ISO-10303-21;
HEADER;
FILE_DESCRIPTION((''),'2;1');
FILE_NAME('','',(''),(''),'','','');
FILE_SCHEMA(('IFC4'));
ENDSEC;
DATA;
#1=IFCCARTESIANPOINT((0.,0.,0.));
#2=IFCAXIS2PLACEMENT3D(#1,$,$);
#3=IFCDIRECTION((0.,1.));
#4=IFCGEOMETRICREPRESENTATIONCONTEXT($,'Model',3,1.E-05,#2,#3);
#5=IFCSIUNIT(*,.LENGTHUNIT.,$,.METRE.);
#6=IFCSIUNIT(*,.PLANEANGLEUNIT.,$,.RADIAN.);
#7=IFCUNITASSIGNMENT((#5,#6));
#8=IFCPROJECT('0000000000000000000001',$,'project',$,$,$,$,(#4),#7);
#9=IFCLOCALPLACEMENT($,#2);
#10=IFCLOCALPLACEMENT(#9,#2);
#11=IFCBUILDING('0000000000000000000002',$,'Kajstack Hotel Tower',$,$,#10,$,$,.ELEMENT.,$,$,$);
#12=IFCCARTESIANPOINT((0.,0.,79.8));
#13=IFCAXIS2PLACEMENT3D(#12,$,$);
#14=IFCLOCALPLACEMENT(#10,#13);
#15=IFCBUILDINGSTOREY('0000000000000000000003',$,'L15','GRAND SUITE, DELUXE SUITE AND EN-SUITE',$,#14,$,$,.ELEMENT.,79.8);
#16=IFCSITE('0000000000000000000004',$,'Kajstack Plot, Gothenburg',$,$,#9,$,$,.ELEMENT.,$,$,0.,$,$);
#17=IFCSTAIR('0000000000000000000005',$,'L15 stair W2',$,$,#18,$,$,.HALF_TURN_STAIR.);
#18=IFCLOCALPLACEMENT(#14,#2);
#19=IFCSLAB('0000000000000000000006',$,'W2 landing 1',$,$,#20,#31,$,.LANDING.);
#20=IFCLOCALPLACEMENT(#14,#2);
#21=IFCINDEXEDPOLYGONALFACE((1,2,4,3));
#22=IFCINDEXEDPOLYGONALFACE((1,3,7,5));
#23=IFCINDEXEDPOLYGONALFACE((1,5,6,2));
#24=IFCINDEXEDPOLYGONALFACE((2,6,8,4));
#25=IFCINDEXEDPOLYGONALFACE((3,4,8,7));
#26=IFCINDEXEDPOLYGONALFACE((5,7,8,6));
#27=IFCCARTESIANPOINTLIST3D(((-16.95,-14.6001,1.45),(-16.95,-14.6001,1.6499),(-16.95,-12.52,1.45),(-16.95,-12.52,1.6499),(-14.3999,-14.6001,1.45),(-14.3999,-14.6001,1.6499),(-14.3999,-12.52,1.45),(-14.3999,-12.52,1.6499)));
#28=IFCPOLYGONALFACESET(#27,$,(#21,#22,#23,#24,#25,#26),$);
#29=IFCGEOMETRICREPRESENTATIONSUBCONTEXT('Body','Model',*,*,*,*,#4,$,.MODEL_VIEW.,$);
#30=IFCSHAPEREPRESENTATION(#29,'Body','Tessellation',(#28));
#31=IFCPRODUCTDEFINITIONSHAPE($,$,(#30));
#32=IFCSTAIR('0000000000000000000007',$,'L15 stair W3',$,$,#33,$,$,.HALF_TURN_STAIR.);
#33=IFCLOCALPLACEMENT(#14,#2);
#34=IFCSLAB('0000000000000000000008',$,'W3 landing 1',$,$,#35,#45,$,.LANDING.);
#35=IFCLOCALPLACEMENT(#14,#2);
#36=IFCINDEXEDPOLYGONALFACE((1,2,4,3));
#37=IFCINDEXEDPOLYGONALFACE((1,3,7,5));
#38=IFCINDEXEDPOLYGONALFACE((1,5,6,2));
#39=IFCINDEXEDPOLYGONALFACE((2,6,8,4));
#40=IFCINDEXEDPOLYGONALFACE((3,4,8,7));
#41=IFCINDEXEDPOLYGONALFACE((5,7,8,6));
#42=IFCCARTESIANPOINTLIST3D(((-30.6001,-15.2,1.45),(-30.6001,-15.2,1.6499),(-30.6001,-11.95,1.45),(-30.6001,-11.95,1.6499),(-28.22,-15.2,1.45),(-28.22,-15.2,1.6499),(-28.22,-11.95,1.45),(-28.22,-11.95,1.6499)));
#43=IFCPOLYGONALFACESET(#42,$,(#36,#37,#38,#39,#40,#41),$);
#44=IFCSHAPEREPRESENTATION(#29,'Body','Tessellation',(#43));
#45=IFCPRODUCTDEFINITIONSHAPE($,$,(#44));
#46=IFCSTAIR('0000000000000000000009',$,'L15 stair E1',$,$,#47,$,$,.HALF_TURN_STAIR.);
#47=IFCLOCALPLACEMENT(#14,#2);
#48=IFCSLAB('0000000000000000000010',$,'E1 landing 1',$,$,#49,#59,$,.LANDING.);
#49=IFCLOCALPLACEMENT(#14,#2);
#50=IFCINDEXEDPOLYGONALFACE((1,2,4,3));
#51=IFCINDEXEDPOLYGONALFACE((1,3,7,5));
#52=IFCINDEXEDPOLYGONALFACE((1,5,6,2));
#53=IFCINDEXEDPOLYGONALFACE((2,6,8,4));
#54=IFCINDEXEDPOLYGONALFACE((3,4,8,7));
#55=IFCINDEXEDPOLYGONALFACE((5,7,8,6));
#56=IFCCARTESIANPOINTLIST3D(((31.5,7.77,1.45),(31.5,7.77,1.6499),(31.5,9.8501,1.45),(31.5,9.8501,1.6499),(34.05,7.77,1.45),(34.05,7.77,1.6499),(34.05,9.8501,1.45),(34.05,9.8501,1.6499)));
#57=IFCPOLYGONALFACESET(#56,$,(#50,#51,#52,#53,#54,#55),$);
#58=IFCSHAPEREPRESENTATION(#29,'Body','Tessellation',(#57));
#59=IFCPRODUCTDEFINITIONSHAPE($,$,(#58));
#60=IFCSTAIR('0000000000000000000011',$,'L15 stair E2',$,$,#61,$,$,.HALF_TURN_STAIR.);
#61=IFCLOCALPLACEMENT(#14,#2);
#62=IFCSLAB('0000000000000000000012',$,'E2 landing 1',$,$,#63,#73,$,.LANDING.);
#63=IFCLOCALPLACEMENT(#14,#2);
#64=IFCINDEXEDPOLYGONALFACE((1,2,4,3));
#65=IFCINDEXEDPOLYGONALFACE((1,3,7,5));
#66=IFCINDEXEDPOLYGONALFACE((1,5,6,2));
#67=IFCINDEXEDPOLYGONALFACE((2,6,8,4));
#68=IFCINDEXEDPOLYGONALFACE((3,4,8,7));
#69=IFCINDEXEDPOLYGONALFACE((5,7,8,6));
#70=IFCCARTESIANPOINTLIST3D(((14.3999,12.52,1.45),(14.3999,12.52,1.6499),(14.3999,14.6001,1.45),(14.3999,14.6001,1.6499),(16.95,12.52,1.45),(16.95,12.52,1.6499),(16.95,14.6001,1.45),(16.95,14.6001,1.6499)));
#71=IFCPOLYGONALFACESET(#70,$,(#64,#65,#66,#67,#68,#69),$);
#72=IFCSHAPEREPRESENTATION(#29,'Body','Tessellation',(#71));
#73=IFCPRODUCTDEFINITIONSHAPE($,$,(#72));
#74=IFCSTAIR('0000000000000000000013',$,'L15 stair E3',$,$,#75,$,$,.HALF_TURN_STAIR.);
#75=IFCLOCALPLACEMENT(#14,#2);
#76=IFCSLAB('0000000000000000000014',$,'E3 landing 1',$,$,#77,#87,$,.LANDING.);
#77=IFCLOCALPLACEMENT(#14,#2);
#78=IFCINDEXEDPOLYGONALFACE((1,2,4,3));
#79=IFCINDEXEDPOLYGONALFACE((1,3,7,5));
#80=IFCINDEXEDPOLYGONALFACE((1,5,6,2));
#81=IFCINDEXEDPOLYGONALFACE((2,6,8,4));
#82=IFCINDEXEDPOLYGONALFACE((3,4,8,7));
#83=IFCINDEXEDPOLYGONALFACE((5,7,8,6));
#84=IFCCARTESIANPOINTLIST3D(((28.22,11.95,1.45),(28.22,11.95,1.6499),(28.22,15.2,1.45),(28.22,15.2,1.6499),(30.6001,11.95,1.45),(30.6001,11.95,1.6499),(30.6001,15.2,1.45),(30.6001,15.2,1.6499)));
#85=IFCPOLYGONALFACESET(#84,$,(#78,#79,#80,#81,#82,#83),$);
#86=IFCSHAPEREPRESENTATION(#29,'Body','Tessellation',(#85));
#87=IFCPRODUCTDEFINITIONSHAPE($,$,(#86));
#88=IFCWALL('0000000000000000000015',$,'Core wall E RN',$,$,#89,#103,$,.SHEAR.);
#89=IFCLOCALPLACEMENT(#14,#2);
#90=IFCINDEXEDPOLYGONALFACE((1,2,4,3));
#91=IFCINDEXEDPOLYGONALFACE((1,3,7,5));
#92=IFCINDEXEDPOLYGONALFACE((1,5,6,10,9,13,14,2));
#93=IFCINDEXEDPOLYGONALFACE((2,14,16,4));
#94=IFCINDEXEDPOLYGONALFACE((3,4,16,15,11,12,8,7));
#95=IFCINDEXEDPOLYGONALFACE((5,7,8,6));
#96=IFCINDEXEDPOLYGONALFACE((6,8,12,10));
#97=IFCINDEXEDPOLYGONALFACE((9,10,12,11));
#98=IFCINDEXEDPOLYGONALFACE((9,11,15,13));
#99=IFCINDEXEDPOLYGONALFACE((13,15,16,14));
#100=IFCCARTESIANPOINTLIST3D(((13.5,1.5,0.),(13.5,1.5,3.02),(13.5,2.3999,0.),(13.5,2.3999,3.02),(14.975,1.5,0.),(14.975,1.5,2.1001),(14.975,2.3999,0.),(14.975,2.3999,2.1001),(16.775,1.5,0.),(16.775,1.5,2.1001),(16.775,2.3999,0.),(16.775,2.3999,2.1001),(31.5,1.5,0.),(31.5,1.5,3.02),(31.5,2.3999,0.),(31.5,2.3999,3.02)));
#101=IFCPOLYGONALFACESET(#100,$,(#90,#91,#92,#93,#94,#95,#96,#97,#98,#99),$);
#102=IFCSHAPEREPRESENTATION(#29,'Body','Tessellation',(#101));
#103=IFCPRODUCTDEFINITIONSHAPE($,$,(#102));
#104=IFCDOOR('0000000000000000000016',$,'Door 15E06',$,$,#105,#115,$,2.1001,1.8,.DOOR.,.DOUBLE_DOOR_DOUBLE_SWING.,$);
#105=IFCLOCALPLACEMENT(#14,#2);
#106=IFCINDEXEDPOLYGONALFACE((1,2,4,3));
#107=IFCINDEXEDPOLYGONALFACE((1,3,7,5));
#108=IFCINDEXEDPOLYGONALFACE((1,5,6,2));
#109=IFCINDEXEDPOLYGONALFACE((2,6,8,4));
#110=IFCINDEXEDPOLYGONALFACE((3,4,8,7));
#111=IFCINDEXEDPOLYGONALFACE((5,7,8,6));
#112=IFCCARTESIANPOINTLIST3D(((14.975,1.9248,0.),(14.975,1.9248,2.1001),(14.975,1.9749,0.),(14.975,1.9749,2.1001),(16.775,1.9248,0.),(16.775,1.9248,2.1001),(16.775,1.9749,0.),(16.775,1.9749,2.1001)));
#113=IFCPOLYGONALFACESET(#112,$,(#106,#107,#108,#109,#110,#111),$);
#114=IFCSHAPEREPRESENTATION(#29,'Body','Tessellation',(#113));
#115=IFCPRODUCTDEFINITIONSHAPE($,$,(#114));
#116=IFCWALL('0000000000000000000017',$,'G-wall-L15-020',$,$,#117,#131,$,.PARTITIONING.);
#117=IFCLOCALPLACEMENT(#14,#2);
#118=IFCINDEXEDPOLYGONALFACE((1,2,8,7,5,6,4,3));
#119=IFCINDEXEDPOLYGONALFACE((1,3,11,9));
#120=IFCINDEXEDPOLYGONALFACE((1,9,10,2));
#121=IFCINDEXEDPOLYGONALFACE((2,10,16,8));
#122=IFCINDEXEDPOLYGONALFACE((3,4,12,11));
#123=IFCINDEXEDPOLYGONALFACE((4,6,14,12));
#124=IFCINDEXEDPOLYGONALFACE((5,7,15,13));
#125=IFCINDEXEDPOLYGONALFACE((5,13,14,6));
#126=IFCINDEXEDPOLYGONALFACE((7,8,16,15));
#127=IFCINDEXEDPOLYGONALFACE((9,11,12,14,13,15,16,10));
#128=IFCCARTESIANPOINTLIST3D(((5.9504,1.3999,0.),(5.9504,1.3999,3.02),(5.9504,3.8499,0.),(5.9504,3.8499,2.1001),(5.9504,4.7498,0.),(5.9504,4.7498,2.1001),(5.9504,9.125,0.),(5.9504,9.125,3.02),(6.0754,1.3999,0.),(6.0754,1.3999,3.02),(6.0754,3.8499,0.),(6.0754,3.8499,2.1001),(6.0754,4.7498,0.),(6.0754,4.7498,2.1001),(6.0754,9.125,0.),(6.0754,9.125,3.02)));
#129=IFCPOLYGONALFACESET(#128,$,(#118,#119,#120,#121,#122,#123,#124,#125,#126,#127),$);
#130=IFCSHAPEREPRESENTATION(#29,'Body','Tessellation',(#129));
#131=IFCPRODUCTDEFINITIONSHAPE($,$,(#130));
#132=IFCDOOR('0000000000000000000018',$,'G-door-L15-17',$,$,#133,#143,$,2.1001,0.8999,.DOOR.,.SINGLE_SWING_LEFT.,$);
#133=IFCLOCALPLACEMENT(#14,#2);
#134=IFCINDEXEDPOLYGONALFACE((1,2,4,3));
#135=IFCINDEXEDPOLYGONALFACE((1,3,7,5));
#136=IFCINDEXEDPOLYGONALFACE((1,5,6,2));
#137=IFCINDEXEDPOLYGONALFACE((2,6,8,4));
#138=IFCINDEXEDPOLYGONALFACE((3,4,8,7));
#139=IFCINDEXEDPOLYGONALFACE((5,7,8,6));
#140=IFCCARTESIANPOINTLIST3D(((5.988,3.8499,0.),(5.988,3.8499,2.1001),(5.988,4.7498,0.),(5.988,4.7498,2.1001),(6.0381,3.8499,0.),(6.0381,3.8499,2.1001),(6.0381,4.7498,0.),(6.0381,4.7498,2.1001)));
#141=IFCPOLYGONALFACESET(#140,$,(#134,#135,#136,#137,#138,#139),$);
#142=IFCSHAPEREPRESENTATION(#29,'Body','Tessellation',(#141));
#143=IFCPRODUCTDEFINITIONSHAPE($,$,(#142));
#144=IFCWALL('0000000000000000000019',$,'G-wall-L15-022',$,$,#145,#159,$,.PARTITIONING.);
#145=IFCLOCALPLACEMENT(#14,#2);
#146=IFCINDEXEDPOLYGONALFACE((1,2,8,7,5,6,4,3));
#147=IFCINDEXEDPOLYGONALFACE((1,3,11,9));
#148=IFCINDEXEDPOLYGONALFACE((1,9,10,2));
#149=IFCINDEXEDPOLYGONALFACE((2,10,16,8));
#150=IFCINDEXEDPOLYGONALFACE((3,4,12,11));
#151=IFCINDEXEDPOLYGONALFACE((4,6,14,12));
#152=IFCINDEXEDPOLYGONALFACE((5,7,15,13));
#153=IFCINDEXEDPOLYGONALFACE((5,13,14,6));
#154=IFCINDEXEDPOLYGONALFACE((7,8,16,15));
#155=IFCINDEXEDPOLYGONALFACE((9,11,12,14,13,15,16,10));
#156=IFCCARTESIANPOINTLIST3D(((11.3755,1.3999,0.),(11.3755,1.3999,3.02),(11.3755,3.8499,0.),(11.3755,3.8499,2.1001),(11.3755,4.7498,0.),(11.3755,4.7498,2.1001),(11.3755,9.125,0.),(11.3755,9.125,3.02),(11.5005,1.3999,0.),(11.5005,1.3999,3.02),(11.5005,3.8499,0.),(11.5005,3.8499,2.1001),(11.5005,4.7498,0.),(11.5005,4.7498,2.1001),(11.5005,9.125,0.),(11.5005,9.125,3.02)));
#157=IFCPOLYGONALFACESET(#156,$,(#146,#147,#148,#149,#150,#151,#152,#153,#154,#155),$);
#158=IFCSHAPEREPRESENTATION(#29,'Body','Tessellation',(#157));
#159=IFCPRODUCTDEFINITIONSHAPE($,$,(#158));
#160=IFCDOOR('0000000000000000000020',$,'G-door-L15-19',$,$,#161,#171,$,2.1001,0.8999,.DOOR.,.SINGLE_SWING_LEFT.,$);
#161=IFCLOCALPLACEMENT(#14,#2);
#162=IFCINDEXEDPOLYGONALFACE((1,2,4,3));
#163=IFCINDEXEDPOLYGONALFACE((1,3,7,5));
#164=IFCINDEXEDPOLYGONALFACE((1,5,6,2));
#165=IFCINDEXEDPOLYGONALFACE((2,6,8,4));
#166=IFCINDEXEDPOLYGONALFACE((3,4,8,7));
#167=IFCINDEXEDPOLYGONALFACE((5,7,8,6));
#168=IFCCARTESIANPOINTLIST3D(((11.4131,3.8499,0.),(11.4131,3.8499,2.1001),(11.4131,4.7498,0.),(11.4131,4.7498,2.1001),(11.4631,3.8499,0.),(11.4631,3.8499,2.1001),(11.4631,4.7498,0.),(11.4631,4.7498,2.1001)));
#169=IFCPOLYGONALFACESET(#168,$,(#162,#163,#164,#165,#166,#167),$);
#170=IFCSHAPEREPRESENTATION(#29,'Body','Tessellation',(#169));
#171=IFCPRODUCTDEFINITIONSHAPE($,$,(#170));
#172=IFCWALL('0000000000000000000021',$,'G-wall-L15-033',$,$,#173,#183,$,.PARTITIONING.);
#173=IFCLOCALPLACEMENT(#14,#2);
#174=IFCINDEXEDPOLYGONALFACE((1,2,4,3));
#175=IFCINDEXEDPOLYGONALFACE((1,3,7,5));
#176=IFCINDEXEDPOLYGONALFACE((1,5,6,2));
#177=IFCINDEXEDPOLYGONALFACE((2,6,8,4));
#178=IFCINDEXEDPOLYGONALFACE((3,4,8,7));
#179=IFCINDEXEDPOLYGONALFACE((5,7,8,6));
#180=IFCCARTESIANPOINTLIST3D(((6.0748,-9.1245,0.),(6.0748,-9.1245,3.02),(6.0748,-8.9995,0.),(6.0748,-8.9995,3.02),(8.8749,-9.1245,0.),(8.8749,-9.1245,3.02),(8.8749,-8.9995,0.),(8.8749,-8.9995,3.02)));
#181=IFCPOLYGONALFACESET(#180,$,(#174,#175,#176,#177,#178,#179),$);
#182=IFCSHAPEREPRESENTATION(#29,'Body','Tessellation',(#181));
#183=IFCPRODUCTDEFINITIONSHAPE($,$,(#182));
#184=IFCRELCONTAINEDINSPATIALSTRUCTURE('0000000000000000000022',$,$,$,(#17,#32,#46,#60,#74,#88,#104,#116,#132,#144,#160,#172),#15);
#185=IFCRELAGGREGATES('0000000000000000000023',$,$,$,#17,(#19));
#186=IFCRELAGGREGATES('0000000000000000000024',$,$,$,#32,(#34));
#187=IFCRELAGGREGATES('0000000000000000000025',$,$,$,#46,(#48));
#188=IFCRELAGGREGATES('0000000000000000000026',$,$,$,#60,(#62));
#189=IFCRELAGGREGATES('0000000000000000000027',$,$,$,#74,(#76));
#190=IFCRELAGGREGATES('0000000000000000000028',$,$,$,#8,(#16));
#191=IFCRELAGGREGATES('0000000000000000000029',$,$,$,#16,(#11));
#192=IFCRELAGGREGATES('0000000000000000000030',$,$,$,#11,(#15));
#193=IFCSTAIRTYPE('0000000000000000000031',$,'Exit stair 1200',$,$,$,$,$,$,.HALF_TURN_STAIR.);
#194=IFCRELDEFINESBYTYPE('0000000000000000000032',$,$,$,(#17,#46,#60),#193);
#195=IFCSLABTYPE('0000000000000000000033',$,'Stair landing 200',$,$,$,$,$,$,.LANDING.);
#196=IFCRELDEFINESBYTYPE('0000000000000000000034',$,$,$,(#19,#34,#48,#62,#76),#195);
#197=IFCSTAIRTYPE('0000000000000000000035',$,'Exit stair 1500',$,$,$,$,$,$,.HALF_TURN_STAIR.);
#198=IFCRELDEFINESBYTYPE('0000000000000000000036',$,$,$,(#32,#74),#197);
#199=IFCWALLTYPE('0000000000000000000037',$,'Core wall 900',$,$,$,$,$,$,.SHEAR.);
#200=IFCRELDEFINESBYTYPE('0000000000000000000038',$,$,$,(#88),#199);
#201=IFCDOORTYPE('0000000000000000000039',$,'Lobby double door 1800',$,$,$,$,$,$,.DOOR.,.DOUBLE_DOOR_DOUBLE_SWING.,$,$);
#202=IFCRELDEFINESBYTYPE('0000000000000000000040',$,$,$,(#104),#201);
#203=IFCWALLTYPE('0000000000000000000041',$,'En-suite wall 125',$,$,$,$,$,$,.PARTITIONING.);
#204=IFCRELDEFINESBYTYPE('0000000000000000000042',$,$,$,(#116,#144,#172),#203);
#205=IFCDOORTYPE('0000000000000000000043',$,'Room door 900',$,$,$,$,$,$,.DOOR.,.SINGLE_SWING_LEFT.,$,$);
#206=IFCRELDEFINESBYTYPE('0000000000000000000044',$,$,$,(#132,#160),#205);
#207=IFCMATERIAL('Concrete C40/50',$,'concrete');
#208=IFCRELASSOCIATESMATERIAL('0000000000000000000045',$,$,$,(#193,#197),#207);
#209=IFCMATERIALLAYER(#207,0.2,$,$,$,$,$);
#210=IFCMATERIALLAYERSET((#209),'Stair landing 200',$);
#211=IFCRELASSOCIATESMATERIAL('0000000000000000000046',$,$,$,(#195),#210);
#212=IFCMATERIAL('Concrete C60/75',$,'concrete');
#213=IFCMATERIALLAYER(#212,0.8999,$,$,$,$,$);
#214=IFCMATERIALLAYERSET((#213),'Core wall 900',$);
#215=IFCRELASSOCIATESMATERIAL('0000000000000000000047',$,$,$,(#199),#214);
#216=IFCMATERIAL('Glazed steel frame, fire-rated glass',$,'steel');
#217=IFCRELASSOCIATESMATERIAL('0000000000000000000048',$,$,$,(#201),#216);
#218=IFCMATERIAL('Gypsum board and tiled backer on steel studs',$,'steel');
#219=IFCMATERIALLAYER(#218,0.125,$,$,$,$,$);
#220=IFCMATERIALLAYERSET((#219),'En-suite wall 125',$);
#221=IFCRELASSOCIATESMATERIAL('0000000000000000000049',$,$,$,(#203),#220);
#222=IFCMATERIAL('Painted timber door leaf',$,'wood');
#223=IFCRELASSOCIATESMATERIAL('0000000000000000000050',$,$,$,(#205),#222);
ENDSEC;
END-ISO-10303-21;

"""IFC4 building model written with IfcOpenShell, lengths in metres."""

from ifc_helpers import new_model, si_unit, direction, frame, frame_2d, origin, place, context, subcontext, project, spatial, polyline, rectangle, outline, extrude, material, layer, layer_set, type_object, element, fill, aggregate, save


model = new_model("IFC4")

# Units and contexts
model_context = context("Model", 3, precision=1e-05, world=origin(), true_north=direction((0.0, 1.0)))
body_context = subcontext(model_context, "Body", "Model", "MODEL_VIEW")
ifc_project = project(units=[si_unit("LENGTHUNIT", "METRE"), si_unit("PLANEANGLEUNIT", "RADIAN")], contexts=[model_context])

# Site, building, storey
site_placement = place(None, origin())
site = spatial("IfcSite", under=ifc_project, at=site_placement, Name="Kajstack Plot, Gothenburg", CompositionType="ELEMENT", RefElevation=0.0)
building_placement = place(site_placement, origin())
building = spatial("IfcBuilding", under=site, at=building_placement, Name="Kajstack Hotel Tower", CompositionType="ELEMENT")
storey_placement = place(building_placement, frame((0.0, 0.0, 79.8)))
storey = spatial("IfcBuildingStorey", under=building, at=storey_placement, Name="L15", Description="GRAND SUITE, DELUXE SUITE AND EN-SUITE", CompositionType="ELEMENT", Elevation=79.8)

# Stairs, slabs
ifc_material_1 = material(Name="Concrete C40/50", Category="concrete")
stair_type_1 = type_object("IfcStairType", Name="Exit stair 1200", PredefinedType="HALF_TURN_STAIR", material=ifc_material_1)
stair_1_placement = place(storey_placement, origin())
stair_1 = element("IfcStair", 1, at=stair_1_placement, inside=storey, type_object=stair_type_1, Name="L15 stair W2", PredefinedType="HALF_TURN_STAIR")
ifc_layer_1 = layer(ifc_material_1, 0.2)
ifc_layer_set_1 = layer_set([ifc_layer_1], Name="Stair landing 200")
slab_type = type_object("IfcSlabType", Name="Stair landing 200", PredefinedType="LANDING", material=ifc_layer_set_1)
slab_1_placement = place(storey_placement, frame((0.0, 0.0, 1.45)))
slab_1 = element("IfcSlab", 2, at=slab_1_placement, type_object=slab_type, Name="W2 landing 1", PredefinedType="LANDING", context=body_context, shape_type="SweptSolid", body=[
    extrude(outline(polyline([(-16.95, -12.52), (-16.95, -14.6001), (-14.3999, -14.6001), (-14.3999, -12.52), (-16.95, -12.52)])), origin(), (0.0, 0.0, 1.0), 0.2),
])
aggregate(stair_1, [slab_1])
stair_type_2 = type_object("IfcStairType", Name="Exit stair 1500", PredefinedType="HALF_TURN_STAIR", material=ifc_material_1)
stair_2_placement = place(storey_placement, origin())
stair_2 = element("IfcStair", 3, at=stair_2_placement, inside=storey, type_object=stair_type_2, Name="L15 stair W3", PredefinedType="HALF_TURN_STAIR")
slab_2_placement = place(storey_placement, frame((0.0, 0.0, 1.45)))
slab_2 = element("IfcSlab", 4, at=slab_2_placement, type_object=slab_type, Name="W3 landing 1", PredefinedType="LANDING", context=body_context, shape_type="SweptSolid", body=[
    extrude(outline(polyline([(-28.22, -11.95), (-30.6001, -11.95), (-30.6001, -15.2), (-28.22, -15.2), (-28.22, -11.95)])), origin(), (0.0, 0.0, 1.0), 0.2),
])
aggregate(stair_2, [slab_2])
stair_3_placement = place(storey_placement, origin())
stair_3 = element("IfcStair", 5, at=stair_3_placement, inside=storey, type_object=stair_type_1, Name="L15 stair E1", PredefinedType="HALF_TURN_STAIR")
slab_3_placement = place(storey_placement, frame((0.0, 0.0, 1.45)))
slab_3 = element("IfcSlab", 6, at=slab_3_placement, type_object=slab_type, Name="E1 landing 1", PredefinedType="LANDING", context=body_context, shape_type="SweptSolid", body=[
    extrude(outline(polyline([(34.05, 7.77), (34.05, 9.8501), (31.5, 9.8501), (31.5, 7.77), (34.05, 7.77)])), origin(), (0.0, 0.0, 1.0), 0.2),
])
aggregate(stair_3, [slab_3])
stair_4_placement = place(storey_placement, origin())
stair_4 = element("IfcStair", 7, at=stair_4_placement, inside=storey, type_object=stair_type_1, Name="L15 stair E2", PredefinedType="HALF_TURN_STAIR")
slab_4_placement = place(storey_placement, frame((0.0, 0.0, 1.45)))
slab_4 = element("IfcSlab", 8, at=slab_4_placement, type_object=slab_type, Name="E2 landing 1", PredefinedType="LANDING", context=body_context, shape_type="SweptSolid", body=[
    extrude(outline(polyline([(16.95, 12.52), (16.95, 14.6001), (14.3999, 14.6001), (14.3999, 12.52), (16.95, 12.52)])), origin(), (0.0, 0.0, 1.0), 0.2),
])
aggregate(stair_4, [slab_4])
stair_5_placement = place(storey_placement, origin())
stair_5 = element("IfcStair", 9, at=stair_5_placement, inside=storey, type_object=stair_type_2, Name="L15 stair E3", PredefinedType="HALF_TURN_STAIR")
slab_5_placement = place(storey_placement, frame((0.0, 0.0, 1.45)))
slab_5 = element("IfcSlab", 10, at=slab_5_placement, type_object=slab_type, Name="E3 landing 1", PredefinedType="LANDING", context=body_context, shape_type="SweptSolid", body=[
    extrude(outline(polyline([(28.22, 11.95), (30.6001, 11.95), (30.6001, 15.2), (28.22, 15.2), (28.22, 11.95)])), origin(), (0.0, 0.0, 1.0), 0.2),
])
aggregate(stair_5, [slab_5])

# Walls, openings, doors
ifc_material_2 = material(Name="Concrete C60/75", Category="concrete")
ifc_layer_2 = layer(ifc_material_2, 0.8999)
ifc_layer_set_2 = layer_set([ifc_layer_2], Name="Core wall 900")
wall_type_1 = type_object("IfcWallType", Name="Core wall 900", PredefinedType="SHEAR", material=ifc_layer_set_2)
wall_1_placement = place(storey_placement, frame((13.5, 1.95, 0.0), z_axis=(0.0, 0.0, 1.0), x_axis=(1.0, 0.0, 0.0)))
wall_1 = element("IfcWall", 11, at=wall_1_placement, inside=storey, type_object=wall_type_1, Name="Core wall E RN", PredefinedType="SHEAR", context=body_context, shape_type="SweptSolid", body=[
    extrude(rectangle(XDim=18.0, YDim=0.8999, at=frame_2d((9.0, 0.0))), origin(), (0.0, 0.0, 1.0), 3.02),
])
opening_1_placement = place(wall_1_placement, frame((1.4751, 0.0, 0.0)))
opening_1 = element("IfcOpeningElement", 12, at=opening_1_placement, cuts=wall_1, PredefinedType="OPENING", context=body_context, shape_type="SweptSolid", body=[
    extrude(rectangle(XDim=1.8, YDim=2.1001, at=frame_2d((0.8999, 1.05))), frame((0.0, 0.46, 0.0), z_axis=(0.0, -1.0, 0.0), x_axis=(1.0, 0.0, 0.0)), (0.0, 0.0, 1.0), 0.9199),
])
ifc_material_3 = material(Name="Glazed steel frame, fire-rated glass", Category="steel")
door_type_1 = type_object("IfcDoorType", Name="Lobby double door 1800", OperationType="DOUBLE_DOOR_DOUBLE_SWING", PredefinedType="DOOR", material=ifc_material_3)
door_1_placement = place(opening_1_placement, origin())
door_1 = element("IfcDoor", 13, at=door_1_placement, inside=storey, type_object=door_type_1, Name="Door 15E06", OperationType="DOUBLE_DOOR_DOUBLE_SWING", OverallHeight=2.1001, OverallWidth=1.8, PredefinedType="DOOR", context=body_context, shape_type="SweptSolid", body=[
    extrude(rectangle(XDim=1.8, YDim=2.1001, at=frame_2d((0.8999, 1.05))), frame((0.0, 0.0249, 0.0), z_axis=(0.0, -1.0, 0.0), x_axis=(1.0, 0.0, 0.0)), (0.0, 0.0, 1.0), 0.05),
])
fill(opening_1, door_1)
ifc_material_4 = material(Name="Gypsum board and tiled backer on steel studs", Category="steel")
ifc_layer_3 = layer(ifc_material_4, 0.125)
ifc_layer_set_3 = layer_set([ifc_layer_3], Name="En-suite wall 125")
wall_type_2 = type_object("IfcWallType", Name="En-suite wall 125", PredefinedType="PARTITIONING", material=ifc_layer_set_3)
wall_2_placement = place(storey_placement, frame((6.0129, 1.3999, 0.0), z_axis=(0.0, 0.0, 1.0), x_axis=(0.0, 1.0, 0.0)))
wall_2 = element("IfcWall", 14, at=wall_2_placement, inside=storey, type_object=wall_type_2, Name="G-wall-L15-020", PredefinedType="PARTITIONING", context=body_context, shape_type="SweptSolid", body=[
    extrude(rectangle(XDim=7.7251, YDim=0.125, at=frame_2d((3.8625, 0.0))), origin(), (0.0, 0.0, 1.0), 3.02),
])
opening_2_placement = place(wall_2_placement, frame((2.45, 0.0, 0.0)))
opening_2 = element("IfcOpeningElement", 15, at=opening_2_placement, cuts=wall_2, PredefinedType="OPENING", context=body_context, shape_type="SweptSolid", body=[
    extrude(rectangle(XDim=0.8999, YDim=2.1001, at=frame_2d((0.45, 1.05))), frame((0.0, 0.0725, 0.0), z_axis=(0.0, -1.0, 0.0), x_axis=(1.0, 0.0, 0.0)), (0.0, 0.0, 1.0), 0.145),
])
ifc_material_5 = material(Name="Painted timber door leaf", Category="wood")
door_type_2 = type_object("IfcDoorType", Name="Room door 900", OperationType="SINGLE_SWING_LEFT", PredefinedType="DOOR", material=ifc_material_5)
door_2_placement = place(opening_2_placement, origin())
door_2 = element("IfcDoor", 16, at=door_2_placement, inside=storey, type_object=door_type_2, Name="G-door-L15-17", OperationType="SINGLE_SWING_LEFT", OverallHeight=2.1001, OverallWidth=0.8999, PredefinedType="DOOR", context=body_context, shape_type="SweptSolid", body=[
    extrude(rectangle(XDim=0.8999, YDim=2.1001, at=frame_2d((0.45, 1.05))), frame((0.0, 0.0249, 0.0), z_axis=(0.0, -1.0, 0.0), x_axis=(1.0, 0.0, 0.0)), (0.0, 0.0, 1.0), 0.05),
])
fill(opening_2, door_2)
wall_3_placement = place(storey_placement, frame((11.438, 1.3999, 0.0), z_axis=(0.0, 0.0, 1.0), x_axis=(0.0, 1.0, 0.0)))
wall_3 = element("IfcWall", 17, at=wall_3_placement, inside=storey, type_object=wall_type_2, Name="G-wall-L15-022", PredefinedType="PARTITIONING", context=body_context, shape_type="SweptSolid", body=[
    extrude(rectangle(XDim=7.7251, YDim=0.125, at=frame_2d((3.8625, 0.0))), origin(), (0.0, 0.0, 1.0), 3.02),
])
opening_3_placement = place(wall_3_placement, frame((2.45, 0.0, 0.0)))
opening_3 = element("IfcOpeningElement", 18, at=opening_3_placement, cuts=wall_3, PredefinedType="OPENING", context=body_context, shape_type="SweptSolid", body=[
    extrude(rectangle(XDim=0.8999, YDim=2.1001, at=frame_2d((0.45, 1.05))), frame((0.0, 0.0725, 0.0), z_axis=(0.0, -1.0, 0.0), x_axis=(1.0, 0.0, 0.0)), (0.0, 0.0, 1.0), 0.145),
])
door_3_placement = place(opening_3_placement, origin())
door_3 = element("IfcDoor", 19, at=door_3_placement, inside=storey, type_object=door_type_2, Name="G-door-L15-19", OperationType="SINGLE_SWING_LEFT", OverallHeight=2.1001, OverallWidth=0.8999, PredefinedType="DOOR", context=body_context, shape_type="SweptSolid", body=[
    extrude(rectangle(XDim=0.8999, YDim=2.1001, at=frame_2d((0.45, 1.05))), frame((0.0, 0.0249, 0.0), z_axis=(0.0, -1.0, 0.0), x_axis=(1.0, 0.0, 0.0)), (0.0, 0.0, 1.0), 0.05),
])
fill(opening_3, door_3)

# Wall
wall_4_placement = place(storey_placement, frame((6.075, -9.062, 0.0), z_axis=(0.0, 0.0, 1.0), x_axis=(1.0, 0.0, 0.0)))
element("IfcWall", 20, at=wall_4_placement, inside=storey, type_object=wall_type_2, Name="G-wall-L15-033", PredefinedType="PARTITIONING", context=body_context, shape_type="SweptSolid", body=[
    extrude(rectangle(XDim=2.8, YDim=0.125, at=frame_2d((1.3999, 0.0))), origin(), (0.0, 0.0, 1.0), 3.02),
])

save(model, "model.ifc")
